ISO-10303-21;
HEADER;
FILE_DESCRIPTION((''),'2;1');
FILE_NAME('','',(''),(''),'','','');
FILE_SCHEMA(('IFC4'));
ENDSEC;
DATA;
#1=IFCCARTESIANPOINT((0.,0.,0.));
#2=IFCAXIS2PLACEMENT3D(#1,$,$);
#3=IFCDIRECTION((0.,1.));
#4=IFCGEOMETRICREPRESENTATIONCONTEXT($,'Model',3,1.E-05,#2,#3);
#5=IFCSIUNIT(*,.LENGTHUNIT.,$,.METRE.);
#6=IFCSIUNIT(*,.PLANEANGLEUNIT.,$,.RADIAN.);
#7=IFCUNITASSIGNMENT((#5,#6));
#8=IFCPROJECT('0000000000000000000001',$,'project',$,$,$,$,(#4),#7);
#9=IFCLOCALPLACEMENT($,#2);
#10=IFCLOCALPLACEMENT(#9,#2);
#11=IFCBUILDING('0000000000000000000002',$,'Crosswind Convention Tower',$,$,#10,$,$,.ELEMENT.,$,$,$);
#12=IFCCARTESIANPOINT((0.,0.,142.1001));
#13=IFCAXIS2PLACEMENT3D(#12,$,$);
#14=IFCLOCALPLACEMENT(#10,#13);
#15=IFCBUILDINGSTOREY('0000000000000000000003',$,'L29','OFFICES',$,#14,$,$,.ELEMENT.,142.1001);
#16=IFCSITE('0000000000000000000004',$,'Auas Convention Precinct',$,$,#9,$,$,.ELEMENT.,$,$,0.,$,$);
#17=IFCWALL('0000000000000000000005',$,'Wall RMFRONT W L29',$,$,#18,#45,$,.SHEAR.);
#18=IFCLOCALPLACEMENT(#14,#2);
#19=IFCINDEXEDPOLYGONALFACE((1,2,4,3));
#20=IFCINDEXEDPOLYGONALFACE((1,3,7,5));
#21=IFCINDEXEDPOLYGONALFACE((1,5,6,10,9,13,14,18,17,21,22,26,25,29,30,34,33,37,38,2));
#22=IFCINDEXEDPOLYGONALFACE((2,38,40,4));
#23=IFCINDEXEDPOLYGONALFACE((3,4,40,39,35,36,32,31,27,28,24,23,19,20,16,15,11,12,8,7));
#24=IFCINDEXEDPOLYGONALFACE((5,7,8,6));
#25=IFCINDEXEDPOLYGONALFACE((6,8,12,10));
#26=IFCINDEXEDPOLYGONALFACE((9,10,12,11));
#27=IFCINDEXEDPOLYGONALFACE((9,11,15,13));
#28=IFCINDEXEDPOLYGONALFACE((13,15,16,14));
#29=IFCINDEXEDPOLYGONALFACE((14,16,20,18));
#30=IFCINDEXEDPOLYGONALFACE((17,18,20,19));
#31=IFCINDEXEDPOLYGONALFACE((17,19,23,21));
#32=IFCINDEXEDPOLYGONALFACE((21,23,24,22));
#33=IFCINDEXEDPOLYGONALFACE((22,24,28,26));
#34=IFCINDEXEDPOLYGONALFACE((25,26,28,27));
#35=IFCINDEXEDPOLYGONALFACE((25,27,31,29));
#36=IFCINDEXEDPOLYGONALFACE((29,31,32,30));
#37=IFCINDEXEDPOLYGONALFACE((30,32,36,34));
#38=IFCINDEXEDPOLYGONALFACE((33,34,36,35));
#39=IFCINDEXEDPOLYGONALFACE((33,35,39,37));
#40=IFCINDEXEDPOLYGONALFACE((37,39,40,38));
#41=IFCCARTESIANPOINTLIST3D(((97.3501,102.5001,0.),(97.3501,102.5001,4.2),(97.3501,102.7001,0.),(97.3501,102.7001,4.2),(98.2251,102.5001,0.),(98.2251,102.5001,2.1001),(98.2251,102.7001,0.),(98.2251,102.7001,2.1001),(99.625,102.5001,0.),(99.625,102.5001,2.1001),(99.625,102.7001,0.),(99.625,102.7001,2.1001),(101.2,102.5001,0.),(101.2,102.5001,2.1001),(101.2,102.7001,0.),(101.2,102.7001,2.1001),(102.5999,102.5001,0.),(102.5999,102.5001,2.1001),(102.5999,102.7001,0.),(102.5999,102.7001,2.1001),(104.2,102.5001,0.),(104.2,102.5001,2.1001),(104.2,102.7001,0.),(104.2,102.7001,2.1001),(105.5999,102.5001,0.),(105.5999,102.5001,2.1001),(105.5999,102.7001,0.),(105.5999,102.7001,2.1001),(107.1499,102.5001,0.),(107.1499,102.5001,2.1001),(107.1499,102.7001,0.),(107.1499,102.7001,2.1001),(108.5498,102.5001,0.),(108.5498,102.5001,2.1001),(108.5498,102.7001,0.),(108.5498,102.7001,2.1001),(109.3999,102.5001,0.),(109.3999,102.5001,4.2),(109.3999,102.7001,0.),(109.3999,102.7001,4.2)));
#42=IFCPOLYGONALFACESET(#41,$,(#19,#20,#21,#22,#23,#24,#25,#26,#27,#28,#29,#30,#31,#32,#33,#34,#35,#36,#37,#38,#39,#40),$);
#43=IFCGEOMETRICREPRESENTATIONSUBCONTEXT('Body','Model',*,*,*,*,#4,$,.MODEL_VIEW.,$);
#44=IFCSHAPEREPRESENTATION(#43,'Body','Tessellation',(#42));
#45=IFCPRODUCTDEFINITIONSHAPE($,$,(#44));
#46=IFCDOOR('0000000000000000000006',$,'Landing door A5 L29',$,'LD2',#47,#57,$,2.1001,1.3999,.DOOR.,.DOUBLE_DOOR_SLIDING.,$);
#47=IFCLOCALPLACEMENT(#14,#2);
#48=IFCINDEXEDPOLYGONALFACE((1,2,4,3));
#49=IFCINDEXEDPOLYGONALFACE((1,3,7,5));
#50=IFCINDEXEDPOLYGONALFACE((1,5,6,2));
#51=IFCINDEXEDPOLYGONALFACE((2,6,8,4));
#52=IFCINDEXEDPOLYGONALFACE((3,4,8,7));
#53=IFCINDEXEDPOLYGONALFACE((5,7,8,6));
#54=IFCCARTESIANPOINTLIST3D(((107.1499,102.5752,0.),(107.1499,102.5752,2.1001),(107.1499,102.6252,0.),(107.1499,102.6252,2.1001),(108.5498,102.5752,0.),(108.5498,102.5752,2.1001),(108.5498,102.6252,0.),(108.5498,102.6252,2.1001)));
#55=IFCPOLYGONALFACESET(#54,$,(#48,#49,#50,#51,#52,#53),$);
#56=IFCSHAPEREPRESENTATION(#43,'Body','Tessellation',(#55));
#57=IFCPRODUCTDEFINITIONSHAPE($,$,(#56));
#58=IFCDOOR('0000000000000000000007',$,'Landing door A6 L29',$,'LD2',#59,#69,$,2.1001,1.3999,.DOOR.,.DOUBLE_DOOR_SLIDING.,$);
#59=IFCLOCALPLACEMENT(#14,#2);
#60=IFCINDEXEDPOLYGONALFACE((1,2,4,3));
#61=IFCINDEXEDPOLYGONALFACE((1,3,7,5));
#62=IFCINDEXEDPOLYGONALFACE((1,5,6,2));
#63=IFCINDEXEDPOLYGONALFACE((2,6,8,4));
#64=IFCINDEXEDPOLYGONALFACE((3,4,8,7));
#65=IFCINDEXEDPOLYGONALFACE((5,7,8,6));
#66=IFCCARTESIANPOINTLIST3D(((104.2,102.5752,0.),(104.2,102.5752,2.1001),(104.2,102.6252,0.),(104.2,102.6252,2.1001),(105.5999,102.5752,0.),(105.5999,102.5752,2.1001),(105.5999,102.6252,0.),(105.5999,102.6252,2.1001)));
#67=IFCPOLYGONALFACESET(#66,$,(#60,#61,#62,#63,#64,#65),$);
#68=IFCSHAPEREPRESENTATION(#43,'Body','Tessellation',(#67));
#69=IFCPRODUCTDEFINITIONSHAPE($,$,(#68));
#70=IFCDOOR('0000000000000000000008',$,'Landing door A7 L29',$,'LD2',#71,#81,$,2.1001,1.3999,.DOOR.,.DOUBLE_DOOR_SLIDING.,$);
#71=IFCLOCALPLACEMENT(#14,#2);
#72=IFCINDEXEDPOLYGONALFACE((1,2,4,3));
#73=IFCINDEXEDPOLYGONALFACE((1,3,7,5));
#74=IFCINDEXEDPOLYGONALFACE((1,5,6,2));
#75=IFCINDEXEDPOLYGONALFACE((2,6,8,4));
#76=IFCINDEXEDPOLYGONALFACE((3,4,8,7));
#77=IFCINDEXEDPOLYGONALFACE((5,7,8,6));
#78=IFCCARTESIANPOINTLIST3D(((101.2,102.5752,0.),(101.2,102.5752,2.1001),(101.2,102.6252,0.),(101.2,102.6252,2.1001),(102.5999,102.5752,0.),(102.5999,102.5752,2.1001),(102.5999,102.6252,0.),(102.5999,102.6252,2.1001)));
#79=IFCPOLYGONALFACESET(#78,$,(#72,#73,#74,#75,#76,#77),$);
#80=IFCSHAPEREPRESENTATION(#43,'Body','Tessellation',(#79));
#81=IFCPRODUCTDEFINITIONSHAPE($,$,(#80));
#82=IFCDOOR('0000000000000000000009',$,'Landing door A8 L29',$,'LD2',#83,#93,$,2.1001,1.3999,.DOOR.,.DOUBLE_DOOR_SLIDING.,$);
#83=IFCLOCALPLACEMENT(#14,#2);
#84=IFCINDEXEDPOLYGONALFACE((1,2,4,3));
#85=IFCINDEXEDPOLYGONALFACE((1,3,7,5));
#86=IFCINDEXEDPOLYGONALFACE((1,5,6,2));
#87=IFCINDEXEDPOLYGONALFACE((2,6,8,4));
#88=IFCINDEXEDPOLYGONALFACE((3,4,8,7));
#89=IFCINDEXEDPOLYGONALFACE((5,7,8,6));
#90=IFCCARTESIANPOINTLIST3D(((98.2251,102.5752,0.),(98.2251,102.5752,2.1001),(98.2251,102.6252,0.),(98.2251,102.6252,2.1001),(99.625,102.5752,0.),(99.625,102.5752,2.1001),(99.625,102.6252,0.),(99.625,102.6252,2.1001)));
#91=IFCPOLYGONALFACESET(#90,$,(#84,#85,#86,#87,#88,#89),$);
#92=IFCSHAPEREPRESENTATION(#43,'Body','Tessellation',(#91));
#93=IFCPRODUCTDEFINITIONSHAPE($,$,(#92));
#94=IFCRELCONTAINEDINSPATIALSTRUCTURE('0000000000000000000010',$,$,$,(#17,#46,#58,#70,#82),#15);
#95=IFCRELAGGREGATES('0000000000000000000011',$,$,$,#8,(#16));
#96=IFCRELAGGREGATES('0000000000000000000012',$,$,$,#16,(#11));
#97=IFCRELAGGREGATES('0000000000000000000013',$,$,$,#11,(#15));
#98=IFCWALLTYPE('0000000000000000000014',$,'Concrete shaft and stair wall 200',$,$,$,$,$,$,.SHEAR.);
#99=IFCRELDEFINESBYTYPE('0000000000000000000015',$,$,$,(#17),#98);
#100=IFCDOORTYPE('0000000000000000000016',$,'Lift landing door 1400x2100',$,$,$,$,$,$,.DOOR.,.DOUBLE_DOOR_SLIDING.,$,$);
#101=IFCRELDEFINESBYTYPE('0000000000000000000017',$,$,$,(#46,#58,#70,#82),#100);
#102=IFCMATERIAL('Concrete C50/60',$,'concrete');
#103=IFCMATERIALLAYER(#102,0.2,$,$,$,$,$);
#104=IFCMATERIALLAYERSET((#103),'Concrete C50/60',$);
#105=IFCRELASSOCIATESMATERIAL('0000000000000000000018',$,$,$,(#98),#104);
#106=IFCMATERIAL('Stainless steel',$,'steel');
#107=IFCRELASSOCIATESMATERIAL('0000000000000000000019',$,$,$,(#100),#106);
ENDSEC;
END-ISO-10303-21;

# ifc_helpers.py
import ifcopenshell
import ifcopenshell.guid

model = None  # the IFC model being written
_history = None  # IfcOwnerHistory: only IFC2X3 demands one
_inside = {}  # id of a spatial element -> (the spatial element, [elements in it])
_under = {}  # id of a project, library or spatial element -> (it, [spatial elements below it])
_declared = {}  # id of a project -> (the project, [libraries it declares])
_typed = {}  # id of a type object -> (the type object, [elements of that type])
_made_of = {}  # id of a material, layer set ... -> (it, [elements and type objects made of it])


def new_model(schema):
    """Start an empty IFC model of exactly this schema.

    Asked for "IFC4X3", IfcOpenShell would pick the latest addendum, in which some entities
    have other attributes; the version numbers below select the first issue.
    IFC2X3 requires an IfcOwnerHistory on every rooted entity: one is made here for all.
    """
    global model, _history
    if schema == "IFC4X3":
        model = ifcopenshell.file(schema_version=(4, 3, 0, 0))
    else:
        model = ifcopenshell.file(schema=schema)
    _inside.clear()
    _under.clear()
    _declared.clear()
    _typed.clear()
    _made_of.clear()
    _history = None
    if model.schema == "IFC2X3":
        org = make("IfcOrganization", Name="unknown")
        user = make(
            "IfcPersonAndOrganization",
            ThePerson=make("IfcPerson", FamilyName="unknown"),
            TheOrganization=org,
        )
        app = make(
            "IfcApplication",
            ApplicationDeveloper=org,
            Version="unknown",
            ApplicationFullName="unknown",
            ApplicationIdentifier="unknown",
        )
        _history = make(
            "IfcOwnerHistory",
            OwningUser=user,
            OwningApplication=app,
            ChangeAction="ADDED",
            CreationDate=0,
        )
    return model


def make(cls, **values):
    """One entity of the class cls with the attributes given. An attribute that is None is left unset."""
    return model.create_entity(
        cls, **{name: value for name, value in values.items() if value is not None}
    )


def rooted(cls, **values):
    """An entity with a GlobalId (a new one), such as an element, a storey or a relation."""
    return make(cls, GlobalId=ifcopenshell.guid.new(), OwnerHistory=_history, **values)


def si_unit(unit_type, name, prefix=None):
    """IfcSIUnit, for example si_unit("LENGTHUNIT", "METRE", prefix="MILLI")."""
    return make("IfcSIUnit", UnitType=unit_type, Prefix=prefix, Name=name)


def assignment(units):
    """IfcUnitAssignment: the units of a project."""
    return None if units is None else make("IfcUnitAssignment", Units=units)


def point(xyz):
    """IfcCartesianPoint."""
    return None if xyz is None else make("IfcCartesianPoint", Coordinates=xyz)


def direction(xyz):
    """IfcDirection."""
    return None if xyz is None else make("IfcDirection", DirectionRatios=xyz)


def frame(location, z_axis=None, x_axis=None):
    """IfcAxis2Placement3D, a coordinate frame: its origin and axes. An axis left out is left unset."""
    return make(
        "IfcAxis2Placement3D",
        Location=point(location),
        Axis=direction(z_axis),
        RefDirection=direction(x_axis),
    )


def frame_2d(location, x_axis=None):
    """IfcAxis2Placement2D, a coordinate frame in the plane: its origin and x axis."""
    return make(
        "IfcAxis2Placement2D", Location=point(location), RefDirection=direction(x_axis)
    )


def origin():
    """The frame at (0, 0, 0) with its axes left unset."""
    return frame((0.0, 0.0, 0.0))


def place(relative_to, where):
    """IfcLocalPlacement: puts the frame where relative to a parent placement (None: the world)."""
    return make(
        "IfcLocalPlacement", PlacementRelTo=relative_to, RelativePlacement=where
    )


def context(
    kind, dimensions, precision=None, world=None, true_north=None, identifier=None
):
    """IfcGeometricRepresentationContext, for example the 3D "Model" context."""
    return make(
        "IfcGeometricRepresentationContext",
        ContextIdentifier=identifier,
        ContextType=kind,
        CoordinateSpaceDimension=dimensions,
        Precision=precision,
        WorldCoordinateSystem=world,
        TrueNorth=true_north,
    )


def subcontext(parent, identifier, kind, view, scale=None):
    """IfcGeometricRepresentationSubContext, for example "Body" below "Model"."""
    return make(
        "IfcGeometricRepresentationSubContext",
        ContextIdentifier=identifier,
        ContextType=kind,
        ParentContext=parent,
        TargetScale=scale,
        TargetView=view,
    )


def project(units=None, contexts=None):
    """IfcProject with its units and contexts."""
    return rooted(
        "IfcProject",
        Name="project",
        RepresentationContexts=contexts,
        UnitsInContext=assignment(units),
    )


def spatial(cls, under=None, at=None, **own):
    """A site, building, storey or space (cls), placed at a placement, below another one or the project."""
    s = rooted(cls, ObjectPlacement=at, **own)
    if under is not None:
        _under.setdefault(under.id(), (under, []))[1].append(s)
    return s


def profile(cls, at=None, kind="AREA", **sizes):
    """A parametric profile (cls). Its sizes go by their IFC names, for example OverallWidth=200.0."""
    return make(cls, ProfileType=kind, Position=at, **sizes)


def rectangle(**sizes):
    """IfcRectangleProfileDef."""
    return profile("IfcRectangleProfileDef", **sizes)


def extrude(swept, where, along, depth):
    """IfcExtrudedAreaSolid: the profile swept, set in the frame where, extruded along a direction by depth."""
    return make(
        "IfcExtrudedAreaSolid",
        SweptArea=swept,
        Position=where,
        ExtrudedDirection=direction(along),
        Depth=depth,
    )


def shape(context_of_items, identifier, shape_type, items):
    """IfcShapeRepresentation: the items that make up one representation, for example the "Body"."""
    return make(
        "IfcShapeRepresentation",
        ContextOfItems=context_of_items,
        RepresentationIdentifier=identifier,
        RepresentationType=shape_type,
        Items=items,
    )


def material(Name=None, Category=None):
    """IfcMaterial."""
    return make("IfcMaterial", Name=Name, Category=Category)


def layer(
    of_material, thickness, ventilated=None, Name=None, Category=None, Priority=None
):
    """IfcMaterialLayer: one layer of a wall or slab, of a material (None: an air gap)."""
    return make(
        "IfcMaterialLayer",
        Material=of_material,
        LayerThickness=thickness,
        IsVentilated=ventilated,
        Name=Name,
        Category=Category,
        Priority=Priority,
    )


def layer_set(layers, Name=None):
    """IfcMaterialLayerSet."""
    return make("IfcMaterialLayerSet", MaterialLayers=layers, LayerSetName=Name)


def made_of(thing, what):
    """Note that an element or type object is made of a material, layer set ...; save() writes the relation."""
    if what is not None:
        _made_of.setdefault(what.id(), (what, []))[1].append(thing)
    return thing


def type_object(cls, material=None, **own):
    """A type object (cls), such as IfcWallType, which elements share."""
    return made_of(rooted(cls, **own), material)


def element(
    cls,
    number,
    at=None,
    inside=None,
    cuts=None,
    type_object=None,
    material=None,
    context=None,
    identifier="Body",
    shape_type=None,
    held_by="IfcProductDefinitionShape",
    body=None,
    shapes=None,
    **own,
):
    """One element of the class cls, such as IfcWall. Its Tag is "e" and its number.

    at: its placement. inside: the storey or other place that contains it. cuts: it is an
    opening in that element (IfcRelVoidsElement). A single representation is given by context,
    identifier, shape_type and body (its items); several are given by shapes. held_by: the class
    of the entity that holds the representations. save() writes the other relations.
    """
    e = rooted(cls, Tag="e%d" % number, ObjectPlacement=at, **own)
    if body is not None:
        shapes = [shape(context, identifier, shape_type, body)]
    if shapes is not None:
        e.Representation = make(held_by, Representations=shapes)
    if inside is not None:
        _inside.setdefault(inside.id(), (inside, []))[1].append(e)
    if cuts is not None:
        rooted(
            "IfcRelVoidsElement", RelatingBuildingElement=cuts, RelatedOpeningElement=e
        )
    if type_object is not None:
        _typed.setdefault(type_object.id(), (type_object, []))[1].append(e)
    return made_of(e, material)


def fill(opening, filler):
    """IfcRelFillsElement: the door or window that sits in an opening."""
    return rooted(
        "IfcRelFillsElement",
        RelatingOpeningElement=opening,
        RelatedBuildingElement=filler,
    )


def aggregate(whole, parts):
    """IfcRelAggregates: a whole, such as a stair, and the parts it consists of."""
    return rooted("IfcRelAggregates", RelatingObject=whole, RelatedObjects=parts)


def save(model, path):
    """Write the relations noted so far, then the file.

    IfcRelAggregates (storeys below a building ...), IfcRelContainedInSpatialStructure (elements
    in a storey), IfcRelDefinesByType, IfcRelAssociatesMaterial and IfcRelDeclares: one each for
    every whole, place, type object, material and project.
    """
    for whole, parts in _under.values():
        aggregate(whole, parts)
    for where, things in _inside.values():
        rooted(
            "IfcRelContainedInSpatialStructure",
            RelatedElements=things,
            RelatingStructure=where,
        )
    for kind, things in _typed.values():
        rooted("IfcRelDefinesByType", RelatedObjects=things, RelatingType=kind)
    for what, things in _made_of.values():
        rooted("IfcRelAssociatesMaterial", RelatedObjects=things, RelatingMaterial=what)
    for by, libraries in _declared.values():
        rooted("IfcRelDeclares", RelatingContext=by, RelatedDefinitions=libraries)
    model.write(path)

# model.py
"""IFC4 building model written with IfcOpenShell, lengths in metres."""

from ifc_helpers import new_model, si_unit, direction, frame, frame_2d, origin, place, context, subcontext, project, spatial, rectangle, extrude, material, layer, layer_set, type_object, element, fill, save


model = new_model("IFC4")

# Units and contexts
model_context = context("Model", 3, precision=1e-05, world=origin(), true_north=direction((0.0, 1.0)))
body_context = subcontext(model_context, "Body", "Model", "MODEL_VIEW")
ifc_project = project(units=[si_unit("LENGTHUNIT", "METRE"), si_unit("PLANEANGLEUNIT", "RADIAN")], contexts=[model_context])

# Site, building, storey
site_placement = place(None, origin())
site = spatial("IfcSite", under=ifc_project, at=site_placement, Name="Auas Convention Precinct", CompositionType="ELEMENT", RefElevation=0.0)
building_placement = place(site_placement, origin())
building = spatial("IfcBuilding", under=site, at=building_placement, Name="Crosswind Convention Tower", CompositionType="ELEMENT")
storey_placement = place(building_placement, frame((0.0, 0.0, 142.1001)))
storey = spatial("IfcBuildingStorey", under=building, at=storey_placement, Name="L29", Description="OFFICES", CompositionType="ELEMENT", Elevation=142.1001)

# Shared definitions
ifc_material_1 = material(Name="Concrete C50/60", Category="concrete")
ifc_layer_1 = layer(ifc_material_1, 0.2)
ifc_layer_set_1 = layer_set([ifc_layer_1], Name="Concrete C50/60")
wall_type_1 = type_object("IfcWallType", Name="Concrete shaft and stair wall 200", PredefinedType="SHEAR", material=ifc_layer_set_1)

# Wall, openings, doors
wall_1_placement = place(storey_placement, frame((109.3999, 102.6001, 0.0), z_axis=(0.0, 0.0, 1.0), x_axis=(-1.0, 0.0, 0.0)))
wall_1 = element("IfcWall", 1, at=wall_1_placement, inside=storey, type_object=wall_type_1, Name="Wall RMFRONT W L29", PredefinedType="SHEAR", context=body_context, shape_type="SweptSolid", body=[
    extrude(rectangle(XDim=12.0498, YDim=0.2, at=frame_2d((6.0249, 0.0))), origin(), (0.0, 0.0, 1.0), 4.2),
])
opening_1_placement = place(wall_1_placement, frame((0.8501, 0.0, 0.0)))
opening_1 = element("IfcOpeningElement", 2, at=opening_1_placement, cuts=wall_1, PredefinedType="OPENING", context=body_context, shape_type="SweptSolid", body=[
    extrude(rectangle(XDim=1.3999, YDim=2.1001, at=frame_2d((0.7, 1.05))), frame((0.0, 0.1099, 0.0), z_axis=(0.0, -1.0, 0.0), x_axis=(1.0, 0.0, 0.0)), (0.0, 0.0, 1.0), 0.22),
])
opening_2_placement = place(wall_1_placement, frame((3.8, 0.0, 0.0)))
opening_2 = element("IfcOpeningElement", 3, at=opening_2_placement, cuts=wall_1, PredefinedType="OPENING", context=body_context, shape_type="SweptSolid", body=[
    extrude(rectangle(XDim=1.3999, YDim=2.1001, at=frame_2d((0.7, 1.05))), frame((0.0, 0.1099, 0.0), z_axis=(0.0, -1.0, 0.0), x_axis=(1.0, 0.0, 0.0)), (0.0, 0.0, 1.0), 0.22),
])
opening_3_placement = place(wall_1_placement, frame((6.8, 0.0, 0.0)))
opening_3 = element("IfcOpeningElement", 4, at=opening_3_placement, cuts=wall_1, PredefinedType="OPENING", context=body_context, shape_type="SweptSolid", body=[
    extrude(rectangle(XDim=1.3999, YDim=2.1001, at=frame_2d((0.7, 1.05))), frame((0.0, 0.1099, 0.0), z_axis=(0.0, -1.0, 0.0), x_axis=(1.0, 0.0, 0.0)), (0.0, 0.0, 1.0), 0.22),
])
opening_4_placement = place(wall_1_placement, frame((9.7749, 0.0, 0.0)))
opening_4 = element("IfcOpeningElement", 5, at=opening_4_placement, cuts=wall_1, PredefinedType="OPENING", context=body_context, shape_type="SweptSolid", body=[
    extrude(rectangle(XDim=1.3999, YDim=2.1001, at=frame_2d((0.7, 1.05))), frame((0.0, 0.1099, 0.0), z_axis=(0.0, -1.0, 0.0), x_axis=(1.0, 0.0, 0.0)), (0.0, 0.0, 1.0), 0.22),
])
ifc_material_2 = material(Name="Stainless steel", Category="steel")
door_type_1 = type_object("IfcDoorType", Name="Lift landing door 1400x2100", OperationType="DOUBLE_DOOR_SLIDING", PredefinedType="DOOR", material=ifc_material_2)
door_1_placement = place(opening_1_placement, origin())
door_1 = element("IfcDoor", 6, at=door_1_placement, inside=storey, type_object=door_type_1, Name="Landing door A5 L29", ObjectType="LD2", OperationType="DOUBLE_DOOR_SLIDING", OverallHeight=2.1001, OverallWidth=1.3999, PredefinedType="DOOR", context=body_context, shape_type="SweptSolid", body=[
    extrude(rectangle(XDim=1.3999, YDim=2.1001, at=frame_2d((0.7, 1.05))), frame((0.0, 0.0249, 0.0), z_axis=(0.0, -1.0, 0.0), x_axis=(1.0, 0.0, 0.0)), (0.0, 0.0, 1.0), 0.05),
])
fill(opening_1, door_1)
door_2_placement = place(opening_2_placement, origin())
door_2 = element("IfcDoor", 7, at=door_2_placement, inside=storey, type_object=door_type_1, Name="Landing door A6 L29", ObjectType="LD2", OperationType="DOUBLE_DOOR_SLIDING", OverallHeight=2.1001, OverallWidth=1.3999, PredefinedType="DOOR", context=body_context, shape_type="SweptSolid", body=[
    extrude(rectangle(XDim=1.3999, YDim=2.1001, at=frame_2d((0.7, 1.05))), frame((0.0, 0.0249, 0.0), z_axis=(0.0, -1.0, 0.0), x_axis=(1.0, 0.0, 0.0)), (0.0, 0.0, 1.0), 0.05),
])
fill(opening_2, door_2)
door_3_placement = place(opening_3_placement, origin())
door_3 = element("IfcDoor", 8, at=door_3_placement, inside=storey, type_object=door_type_1, Name="Landing door A7 L29", ObjectType="LD2", OperationType="DOUBLE_DOOR_SLIDING", OverallHeight=2.1001, OverallWidth=1.3999, PredefinedType="DOOR", context=body_context, shape_type="SweptSolid", body=[
    extrude(rectangle(XDim=1.3999, YDim=2.1001, at=frame_2d((0.7, 1.05))), frame((0.0, 0.0249, 0.0), z_axis=(0.0, -1.0, 0.0), x_axis=(1.0, 0.0, 0.0)), (0.0, 0.0, 1.0), 0.05),
])
fill(opening_3, door_3)
door_4_placement = place(opening_4_placement, origin())
door_4 = element("IfcDoor", 9, at=door_4_placement, inside=storey, type_object=door_type_1, Name="Landing door A8 L29", ObjectType="LD2", OperationType="DOUBLE_DOOR_SLIDING", OverallHeight=2.1001, OverallWidth=1.3999, PredefinedType="DOOR", context=body_context, shape_type="SweptSolid", body=[
    extrude(rectangle(XDim=1.3999, YDim=2.1001, at=frame_2d((0.7, 1.05))), frame((0.0, 0.0249, 0.0), z_axis=(0.0, -1.0, 0.0), x_axis=(1.0, 0.0, 0.0)), (0.0, 0.0, 1.0), 0.05),
])
fill(opening_4, door_4)

save(model, "model.ifc")
